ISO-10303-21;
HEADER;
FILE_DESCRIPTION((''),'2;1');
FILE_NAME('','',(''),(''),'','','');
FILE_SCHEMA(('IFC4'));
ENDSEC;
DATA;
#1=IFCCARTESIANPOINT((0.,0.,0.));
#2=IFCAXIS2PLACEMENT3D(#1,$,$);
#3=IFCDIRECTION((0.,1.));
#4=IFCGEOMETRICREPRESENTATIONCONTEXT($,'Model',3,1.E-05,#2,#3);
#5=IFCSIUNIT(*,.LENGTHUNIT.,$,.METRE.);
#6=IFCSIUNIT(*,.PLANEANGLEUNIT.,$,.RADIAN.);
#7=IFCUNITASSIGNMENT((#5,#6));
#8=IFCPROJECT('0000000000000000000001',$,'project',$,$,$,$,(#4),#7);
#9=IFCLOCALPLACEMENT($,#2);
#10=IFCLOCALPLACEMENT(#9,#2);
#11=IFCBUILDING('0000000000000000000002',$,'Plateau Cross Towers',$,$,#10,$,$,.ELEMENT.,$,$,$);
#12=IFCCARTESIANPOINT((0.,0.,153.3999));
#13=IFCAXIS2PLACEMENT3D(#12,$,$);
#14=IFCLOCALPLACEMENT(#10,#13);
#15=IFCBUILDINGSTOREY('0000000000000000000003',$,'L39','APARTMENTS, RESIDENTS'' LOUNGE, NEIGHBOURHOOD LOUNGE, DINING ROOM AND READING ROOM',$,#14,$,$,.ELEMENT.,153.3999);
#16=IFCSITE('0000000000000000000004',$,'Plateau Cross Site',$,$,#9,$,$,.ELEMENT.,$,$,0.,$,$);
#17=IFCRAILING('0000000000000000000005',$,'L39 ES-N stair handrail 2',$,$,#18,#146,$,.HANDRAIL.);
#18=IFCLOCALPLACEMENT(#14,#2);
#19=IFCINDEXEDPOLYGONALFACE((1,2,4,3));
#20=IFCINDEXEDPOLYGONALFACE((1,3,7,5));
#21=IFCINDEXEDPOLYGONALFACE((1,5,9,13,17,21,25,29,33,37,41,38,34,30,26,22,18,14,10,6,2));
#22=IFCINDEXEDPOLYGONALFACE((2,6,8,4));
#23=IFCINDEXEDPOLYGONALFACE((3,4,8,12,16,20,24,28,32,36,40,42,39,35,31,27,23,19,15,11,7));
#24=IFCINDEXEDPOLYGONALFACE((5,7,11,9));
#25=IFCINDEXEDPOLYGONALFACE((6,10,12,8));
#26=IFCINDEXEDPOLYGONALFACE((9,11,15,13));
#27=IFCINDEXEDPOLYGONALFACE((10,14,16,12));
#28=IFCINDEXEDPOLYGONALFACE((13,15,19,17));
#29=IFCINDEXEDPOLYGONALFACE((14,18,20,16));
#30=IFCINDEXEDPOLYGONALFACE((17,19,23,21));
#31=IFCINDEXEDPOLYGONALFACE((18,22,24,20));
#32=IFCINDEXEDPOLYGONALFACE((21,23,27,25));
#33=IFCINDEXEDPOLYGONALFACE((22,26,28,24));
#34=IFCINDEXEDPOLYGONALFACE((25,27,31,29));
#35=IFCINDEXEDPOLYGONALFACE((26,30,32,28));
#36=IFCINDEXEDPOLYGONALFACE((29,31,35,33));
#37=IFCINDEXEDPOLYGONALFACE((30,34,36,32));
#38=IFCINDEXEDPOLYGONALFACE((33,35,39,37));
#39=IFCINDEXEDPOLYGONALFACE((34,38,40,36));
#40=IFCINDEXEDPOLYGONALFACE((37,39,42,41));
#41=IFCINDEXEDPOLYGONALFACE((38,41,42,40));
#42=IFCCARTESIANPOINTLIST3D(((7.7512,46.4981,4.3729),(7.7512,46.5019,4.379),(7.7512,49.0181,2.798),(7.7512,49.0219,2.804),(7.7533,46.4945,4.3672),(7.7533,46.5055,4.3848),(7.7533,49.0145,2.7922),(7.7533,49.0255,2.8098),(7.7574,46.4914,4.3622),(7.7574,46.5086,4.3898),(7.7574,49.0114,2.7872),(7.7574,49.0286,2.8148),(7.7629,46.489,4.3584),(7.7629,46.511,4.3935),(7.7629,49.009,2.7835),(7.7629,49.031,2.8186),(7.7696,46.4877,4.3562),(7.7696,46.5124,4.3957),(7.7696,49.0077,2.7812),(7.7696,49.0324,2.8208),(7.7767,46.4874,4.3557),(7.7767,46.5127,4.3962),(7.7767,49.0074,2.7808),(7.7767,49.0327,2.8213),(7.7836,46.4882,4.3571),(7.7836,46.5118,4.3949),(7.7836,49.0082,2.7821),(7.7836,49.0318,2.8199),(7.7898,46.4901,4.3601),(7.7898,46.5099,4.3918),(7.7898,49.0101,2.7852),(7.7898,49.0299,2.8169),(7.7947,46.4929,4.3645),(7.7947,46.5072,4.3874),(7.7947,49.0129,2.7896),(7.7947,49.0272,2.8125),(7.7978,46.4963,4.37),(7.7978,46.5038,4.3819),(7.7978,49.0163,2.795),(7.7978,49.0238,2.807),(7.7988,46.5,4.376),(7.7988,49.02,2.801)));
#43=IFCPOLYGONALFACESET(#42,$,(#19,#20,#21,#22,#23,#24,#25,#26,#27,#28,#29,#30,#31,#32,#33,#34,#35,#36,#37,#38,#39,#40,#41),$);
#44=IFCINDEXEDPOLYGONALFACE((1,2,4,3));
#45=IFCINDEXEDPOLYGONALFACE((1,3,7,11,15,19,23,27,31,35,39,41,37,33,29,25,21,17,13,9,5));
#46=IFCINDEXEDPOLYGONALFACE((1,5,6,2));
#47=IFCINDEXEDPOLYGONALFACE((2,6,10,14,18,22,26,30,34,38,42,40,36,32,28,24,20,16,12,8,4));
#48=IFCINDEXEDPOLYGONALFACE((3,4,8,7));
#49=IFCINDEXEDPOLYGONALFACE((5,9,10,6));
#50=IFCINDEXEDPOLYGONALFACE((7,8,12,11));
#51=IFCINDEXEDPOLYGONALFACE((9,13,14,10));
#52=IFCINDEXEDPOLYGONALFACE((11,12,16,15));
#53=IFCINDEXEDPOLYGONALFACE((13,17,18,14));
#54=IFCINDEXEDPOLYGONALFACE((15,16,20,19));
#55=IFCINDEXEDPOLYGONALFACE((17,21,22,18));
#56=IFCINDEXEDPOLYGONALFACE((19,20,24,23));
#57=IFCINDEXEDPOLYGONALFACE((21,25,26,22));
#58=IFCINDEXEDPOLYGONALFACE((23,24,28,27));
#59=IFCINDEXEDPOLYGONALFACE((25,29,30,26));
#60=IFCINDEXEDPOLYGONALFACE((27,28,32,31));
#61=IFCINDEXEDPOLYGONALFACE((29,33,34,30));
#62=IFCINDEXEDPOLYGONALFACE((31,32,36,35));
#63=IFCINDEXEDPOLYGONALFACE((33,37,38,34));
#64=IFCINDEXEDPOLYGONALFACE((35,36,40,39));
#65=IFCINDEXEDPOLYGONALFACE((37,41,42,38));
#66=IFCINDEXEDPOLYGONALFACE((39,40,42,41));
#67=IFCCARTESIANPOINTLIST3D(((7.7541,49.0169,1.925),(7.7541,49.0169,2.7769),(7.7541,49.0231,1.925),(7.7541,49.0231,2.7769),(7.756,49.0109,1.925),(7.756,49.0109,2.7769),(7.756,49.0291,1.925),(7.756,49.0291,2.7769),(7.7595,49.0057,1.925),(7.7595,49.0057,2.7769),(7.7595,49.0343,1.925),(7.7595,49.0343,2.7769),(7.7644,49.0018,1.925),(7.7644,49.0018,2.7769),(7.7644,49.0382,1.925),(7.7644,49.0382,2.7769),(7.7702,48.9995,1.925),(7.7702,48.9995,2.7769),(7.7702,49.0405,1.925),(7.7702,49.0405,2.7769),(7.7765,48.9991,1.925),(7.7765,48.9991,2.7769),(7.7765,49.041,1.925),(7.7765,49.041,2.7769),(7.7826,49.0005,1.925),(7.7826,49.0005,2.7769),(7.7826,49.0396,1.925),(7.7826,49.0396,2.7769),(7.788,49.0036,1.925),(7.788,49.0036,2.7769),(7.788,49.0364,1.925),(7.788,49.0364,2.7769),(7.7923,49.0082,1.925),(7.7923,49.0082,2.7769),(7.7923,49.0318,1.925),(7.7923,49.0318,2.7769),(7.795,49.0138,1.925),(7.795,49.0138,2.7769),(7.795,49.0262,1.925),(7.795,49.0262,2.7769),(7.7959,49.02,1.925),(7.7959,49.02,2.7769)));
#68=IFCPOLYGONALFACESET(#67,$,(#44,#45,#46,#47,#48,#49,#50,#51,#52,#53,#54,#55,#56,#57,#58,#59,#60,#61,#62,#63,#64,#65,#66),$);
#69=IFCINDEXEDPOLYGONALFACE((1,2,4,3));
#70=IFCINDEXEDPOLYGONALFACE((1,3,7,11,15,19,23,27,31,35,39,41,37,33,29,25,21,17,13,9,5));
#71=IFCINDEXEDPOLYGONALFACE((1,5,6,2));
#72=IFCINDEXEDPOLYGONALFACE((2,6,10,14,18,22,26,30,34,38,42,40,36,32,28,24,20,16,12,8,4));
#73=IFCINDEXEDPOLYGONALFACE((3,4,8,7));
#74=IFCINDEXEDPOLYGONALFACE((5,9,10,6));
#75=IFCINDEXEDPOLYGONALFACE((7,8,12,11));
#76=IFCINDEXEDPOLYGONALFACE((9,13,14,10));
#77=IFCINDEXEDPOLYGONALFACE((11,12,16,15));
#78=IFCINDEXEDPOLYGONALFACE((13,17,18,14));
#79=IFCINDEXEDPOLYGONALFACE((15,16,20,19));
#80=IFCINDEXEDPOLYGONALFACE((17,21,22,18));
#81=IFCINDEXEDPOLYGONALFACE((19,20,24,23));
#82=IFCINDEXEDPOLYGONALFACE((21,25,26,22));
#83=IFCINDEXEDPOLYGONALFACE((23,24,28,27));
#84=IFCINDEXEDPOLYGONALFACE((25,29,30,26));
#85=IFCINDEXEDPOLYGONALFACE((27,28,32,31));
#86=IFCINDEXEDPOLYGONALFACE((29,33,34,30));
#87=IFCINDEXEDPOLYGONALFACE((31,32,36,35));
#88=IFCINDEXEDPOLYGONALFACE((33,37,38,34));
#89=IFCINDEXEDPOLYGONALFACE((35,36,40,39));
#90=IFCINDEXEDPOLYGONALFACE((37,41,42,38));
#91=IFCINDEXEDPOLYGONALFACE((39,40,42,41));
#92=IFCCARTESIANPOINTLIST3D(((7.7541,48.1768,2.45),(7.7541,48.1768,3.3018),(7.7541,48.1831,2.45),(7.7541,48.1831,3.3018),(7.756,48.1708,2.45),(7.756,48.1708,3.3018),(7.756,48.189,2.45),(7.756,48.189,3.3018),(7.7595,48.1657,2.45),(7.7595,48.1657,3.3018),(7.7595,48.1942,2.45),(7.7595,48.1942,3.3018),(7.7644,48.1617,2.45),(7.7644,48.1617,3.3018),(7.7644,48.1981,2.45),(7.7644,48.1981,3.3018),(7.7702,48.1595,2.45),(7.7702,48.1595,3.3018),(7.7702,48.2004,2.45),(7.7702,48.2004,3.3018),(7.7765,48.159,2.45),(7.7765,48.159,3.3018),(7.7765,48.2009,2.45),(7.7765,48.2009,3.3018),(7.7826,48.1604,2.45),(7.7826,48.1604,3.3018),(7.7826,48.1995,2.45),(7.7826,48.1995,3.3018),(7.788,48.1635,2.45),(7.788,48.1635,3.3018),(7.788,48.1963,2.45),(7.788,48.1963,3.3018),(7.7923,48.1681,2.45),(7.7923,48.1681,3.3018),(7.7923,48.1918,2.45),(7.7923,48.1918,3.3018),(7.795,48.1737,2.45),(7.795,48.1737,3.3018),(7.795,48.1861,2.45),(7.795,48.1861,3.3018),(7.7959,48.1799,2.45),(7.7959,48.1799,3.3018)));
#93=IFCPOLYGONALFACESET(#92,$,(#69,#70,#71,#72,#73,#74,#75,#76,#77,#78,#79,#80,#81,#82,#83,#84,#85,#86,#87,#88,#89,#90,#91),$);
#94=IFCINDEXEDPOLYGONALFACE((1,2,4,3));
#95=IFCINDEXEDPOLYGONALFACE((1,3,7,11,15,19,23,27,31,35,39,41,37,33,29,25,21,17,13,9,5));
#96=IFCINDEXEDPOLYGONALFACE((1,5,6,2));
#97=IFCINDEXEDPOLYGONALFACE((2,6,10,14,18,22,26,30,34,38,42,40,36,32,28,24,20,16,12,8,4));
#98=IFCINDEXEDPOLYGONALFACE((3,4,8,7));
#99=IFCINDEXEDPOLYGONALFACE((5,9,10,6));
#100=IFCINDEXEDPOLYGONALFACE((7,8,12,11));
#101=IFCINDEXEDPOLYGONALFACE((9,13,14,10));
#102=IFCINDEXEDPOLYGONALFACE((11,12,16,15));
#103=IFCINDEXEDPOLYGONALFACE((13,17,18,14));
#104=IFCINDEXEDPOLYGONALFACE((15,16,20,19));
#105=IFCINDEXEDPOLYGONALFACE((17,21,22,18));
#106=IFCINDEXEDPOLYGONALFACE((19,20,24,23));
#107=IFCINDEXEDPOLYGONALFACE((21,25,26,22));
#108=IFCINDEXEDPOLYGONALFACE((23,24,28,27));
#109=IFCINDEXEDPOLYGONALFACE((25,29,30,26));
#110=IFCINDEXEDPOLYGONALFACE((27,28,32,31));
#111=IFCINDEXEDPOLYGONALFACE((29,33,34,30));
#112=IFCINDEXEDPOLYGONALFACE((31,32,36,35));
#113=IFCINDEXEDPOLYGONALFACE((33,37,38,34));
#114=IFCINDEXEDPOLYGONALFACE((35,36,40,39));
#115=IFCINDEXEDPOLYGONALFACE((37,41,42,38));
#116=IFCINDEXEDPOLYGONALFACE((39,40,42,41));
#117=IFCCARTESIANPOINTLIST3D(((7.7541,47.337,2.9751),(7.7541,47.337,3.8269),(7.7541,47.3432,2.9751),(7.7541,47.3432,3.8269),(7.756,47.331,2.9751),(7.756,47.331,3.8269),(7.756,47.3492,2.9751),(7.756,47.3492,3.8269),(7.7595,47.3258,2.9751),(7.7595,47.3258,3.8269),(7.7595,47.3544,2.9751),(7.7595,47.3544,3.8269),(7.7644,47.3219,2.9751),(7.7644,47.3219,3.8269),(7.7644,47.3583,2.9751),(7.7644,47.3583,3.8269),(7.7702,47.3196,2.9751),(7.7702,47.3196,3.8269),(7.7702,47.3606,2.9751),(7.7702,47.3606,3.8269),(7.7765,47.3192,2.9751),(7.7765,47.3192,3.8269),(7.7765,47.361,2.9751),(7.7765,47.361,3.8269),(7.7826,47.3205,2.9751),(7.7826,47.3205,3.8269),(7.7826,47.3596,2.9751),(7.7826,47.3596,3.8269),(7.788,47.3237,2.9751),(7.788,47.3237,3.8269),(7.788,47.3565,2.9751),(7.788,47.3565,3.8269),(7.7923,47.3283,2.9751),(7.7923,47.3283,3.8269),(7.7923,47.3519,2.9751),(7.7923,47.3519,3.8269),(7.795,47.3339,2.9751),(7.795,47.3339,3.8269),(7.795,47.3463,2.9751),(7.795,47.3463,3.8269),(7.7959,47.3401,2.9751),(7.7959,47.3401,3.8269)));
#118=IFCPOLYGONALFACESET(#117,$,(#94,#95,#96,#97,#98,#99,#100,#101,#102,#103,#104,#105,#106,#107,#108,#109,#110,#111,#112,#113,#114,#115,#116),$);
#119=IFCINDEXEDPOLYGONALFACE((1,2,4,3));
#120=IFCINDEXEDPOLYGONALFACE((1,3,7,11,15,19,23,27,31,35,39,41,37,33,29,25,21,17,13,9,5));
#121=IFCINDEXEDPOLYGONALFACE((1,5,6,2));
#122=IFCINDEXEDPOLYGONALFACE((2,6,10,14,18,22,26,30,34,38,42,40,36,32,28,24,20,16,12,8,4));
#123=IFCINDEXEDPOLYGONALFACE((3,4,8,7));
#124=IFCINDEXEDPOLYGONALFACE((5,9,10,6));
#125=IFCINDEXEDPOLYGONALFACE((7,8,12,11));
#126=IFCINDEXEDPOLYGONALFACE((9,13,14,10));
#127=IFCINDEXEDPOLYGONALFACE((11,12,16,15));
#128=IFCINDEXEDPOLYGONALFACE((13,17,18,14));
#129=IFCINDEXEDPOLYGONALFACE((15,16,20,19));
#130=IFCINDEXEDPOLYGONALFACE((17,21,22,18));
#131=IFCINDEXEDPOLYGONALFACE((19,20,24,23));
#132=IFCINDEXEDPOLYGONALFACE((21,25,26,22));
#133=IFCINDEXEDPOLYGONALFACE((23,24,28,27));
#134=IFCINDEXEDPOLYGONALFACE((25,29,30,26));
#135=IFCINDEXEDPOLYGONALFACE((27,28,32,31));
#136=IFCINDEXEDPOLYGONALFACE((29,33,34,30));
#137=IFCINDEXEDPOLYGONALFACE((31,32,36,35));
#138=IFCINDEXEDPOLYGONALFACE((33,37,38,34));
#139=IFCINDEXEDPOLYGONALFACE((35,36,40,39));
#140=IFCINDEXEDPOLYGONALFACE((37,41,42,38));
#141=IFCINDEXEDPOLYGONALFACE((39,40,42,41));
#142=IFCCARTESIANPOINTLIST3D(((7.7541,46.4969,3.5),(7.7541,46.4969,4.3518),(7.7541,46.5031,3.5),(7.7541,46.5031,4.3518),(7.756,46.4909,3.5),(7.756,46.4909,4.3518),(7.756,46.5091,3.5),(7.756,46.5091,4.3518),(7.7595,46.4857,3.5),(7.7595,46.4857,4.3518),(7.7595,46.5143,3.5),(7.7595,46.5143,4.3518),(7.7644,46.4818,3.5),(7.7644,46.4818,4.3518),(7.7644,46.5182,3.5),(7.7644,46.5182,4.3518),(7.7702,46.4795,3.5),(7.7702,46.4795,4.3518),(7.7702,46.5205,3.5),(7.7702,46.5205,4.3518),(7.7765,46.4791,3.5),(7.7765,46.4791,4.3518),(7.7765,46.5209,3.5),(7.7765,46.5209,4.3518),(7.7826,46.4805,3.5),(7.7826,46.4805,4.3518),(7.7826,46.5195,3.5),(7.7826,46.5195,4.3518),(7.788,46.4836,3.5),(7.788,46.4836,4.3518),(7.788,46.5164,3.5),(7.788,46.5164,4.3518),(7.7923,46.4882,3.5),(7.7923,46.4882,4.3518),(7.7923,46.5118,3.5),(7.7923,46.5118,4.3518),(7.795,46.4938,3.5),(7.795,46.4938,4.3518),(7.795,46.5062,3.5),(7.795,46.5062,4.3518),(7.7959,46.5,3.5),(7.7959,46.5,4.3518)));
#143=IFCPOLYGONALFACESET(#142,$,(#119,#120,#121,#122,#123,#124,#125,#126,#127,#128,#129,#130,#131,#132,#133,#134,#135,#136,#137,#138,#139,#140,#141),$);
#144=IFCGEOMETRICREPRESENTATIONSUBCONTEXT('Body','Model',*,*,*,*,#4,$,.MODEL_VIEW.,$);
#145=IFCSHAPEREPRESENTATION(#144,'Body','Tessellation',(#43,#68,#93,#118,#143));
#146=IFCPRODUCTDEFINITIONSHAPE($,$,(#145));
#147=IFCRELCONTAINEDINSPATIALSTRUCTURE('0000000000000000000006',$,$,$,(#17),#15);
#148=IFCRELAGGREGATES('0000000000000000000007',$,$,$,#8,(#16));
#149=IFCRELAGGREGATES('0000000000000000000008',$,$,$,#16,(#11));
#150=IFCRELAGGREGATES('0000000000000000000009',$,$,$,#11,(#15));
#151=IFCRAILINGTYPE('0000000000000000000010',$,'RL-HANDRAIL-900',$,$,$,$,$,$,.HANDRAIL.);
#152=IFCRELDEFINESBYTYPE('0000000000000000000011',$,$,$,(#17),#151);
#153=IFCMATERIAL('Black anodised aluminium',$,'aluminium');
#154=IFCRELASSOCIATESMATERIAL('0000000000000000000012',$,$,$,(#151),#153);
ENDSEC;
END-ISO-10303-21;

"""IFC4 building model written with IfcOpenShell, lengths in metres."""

from ifc_helpers import new_model, si_unit, direction, frame, origin, origin_2d, place, context, subcontext, project, spatial, circle, extrude, material, type_object, element, save


model = new_model("IFC4")

# Units and contexts
model_context = context("Model", 3, precision=1e-05, world=origin(), true_north=direction((0.0, 1.0)))
body_context = subcontext(model_context, "Body", "Model", "MODEL_VIEW")
ifc_project = project(units=[si_unit("LENGTHUNIT", "METRE"), si_unit("PLANEANGLEUNIT", "RADIAN")], contexts=[model_context])

# Site, building, storey
site_placement = place(None, origin())
site = spatial("IfcSite", under=ifc_project, at=site_placement, Name="Plateau Cross Site", CompositionType="ELEMENT", RefElevation=0.0)
building_placement = place(site_placement, origin())
building = spatial("IfcBuilding", under=site, at=building_placement, Name="Plateau Cross Towers", CompositionType="ELEMENT")
storey_placement = place(building_placement, frame((0.0, 0.0, 153.3999)))
storey = spatial("IfcBuildingStorey", under=building, at=storey_placement, Name="L39", Description="APARTMENTS, RESIDENTS' LOUNGE, NEIGHBOURHOOD LOUNGE, DINING ROOM AND READING ROOM", CompositionType="ELEMENT", Elevation=153.3999)

# Shared definitions
ifc_material_1 = material(Name="Black anodised aluminium", Category="aluminium")

# Railing
railing_type_1 = type_object("IfcRailingType", Name="RL-HANDRAIL-900", PredefinedType="HANDRAIL", material=ifc_material_1)
railing_1_placement = place(storey_placement, frame((7.7749, 49.02, 1.925)))
element("IfcRailing", 1, at=railing_1_placement, inside=storey, type_object=railing_type_1, Name="L39 ES-N stair handrail 2", PredefinedType="HANDRAIL", context=body_context, shape_type="SweptSolid", body=[
    extrude(circle(Radius=0.0239, at=origin_2d()), frame((0.0, 0.0, 0.876), z_axis=(0.0, -0.848008, 0.529984), x_axis=(1.0, 0.0, 0.0)), (0.0, 0.0, 1.0), 2.9717),
    extrude(circle(Radius=0.021, at=origin_2d()), origin(), (0.0, 0.0, 1.0), 0.8518),
    extrude(circle(Radius=0.021, at=origin_2d()), frame((0.0, -0.8401, 0.5249)), (0.0, 0.0, 1.0), 0.8518),
    extrude(circle(Radius=0.021, at=origin_2d()), frame((0.0, -1.6799, 1.05)), (0.0, 0.0, 1.0), 0.8518),
    extrude(circle(Radius=0.021, at=origin_2d()), frame((0.0, -2.52, 1.575)), (0.0, 0.0, 1.0), 0.8518),
])

save(model, "model.ifc")
